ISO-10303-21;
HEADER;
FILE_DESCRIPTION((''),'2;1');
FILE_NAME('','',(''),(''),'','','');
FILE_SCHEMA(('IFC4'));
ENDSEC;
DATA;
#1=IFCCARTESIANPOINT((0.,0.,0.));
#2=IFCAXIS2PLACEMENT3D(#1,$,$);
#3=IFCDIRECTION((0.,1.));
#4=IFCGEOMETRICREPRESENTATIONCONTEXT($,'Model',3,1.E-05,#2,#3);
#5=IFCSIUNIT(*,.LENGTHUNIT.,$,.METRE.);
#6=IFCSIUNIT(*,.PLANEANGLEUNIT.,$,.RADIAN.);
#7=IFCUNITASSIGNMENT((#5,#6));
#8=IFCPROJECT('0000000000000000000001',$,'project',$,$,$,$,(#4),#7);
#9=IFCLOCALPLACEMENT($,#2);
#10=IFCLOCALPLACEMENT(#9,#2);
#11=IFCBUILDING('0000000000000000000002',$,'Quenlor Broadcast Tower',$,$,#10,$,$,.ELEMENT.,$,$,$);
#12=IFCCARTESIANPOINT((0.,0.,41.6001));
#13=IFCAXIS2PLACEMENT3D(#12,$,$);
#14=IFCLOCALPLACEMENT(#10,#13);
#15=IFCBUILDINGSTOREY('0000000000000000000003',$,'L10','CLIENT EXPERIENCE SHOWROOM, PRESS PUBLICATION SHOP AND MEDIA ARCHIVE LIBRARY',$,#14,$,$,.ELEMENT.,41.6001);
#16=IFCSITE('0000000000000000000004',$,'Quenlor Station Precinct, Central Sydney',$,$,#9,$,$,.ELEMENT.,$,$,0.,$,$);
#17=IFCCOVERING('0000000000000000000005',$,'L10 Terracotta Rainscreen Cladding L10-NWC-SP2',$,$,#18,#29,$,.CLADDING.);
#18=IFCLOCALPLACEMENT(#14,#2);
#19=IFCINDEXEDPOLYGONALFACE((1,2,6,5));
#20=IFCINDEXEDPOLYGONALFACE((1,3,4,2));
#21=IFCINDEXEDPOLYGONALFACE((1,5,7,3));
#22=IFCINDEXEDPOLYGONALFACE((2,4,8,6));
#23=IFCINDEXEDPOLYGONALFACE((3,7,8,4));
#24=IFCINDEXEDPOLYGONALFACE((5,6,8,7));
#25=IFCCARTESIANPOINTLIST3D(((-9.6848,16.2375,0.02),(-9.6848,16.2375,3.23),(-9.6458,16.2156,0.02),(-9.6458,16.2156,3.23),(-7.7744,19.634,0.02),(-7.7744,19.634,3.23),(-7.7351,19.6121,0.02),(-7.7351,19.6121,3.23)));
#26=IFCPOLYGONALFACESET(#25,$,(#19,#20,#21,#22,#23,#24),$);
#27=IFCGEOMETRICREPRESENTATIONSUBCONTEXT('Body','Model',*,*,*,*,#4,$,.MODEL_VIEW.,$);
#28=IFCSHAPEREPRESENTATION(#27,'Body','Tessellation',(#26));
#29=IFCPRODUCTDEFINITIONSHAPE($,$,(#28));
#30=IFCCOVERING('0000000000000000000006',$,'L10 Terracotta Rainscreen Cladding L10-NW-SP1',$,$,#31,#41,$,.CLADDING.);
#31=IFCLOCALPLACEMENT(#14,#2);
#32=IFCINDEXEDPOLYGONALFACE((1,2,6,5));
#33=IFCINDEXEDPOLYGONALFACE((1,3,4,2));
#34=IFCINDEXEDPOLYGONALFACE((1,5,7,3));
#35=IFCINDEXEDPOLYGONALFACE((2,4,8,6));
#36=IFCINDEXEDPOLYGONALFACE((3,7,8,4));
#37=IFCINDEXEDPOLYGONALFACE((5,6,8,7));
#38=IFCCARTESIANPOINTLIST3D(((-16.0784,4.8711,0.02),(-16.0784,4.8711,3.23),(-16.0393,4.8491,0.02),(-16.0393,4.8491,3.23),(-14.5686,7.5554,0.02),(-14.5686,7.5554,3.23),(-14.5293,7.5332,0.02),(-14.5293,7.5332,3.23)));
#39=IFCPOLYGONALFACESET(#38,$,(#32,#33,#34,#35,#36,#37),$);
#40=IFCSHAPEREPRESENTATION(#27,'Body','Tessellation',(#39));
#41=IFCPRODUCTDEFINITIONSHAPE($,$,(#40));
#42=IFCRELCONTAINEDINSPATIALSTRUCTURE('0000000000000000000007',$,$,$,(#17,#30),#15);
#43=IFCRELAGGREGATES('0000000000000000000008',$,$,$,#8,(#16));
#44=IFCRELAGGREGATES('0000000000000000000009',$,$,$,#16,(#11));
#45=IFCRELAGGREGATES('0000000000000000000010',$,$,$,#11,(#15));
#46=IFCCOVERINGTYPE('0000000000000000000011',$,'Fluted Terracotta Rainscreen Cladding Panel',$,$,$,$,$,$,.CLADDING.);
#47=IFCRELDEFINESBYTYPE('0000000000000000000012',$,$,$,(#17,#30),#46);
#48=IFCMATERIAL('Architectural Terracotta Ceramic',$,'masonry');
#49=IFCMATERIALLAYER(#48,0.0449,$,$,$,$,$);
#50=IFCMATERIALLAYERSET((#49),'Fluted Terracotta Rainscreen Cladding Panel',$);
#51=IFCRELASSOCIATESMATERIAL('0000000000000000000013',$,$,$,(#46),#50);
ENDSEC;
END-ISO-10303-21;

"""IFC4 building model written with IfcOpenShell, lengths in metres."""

from ifc_helpers import new_model, si_unit, direction, frame, origin, place, context, subcontext, project, spatial, polyline, outline, extrude, material, layer, layer_set, type_object, element, save


model = new_model("IFC4")

# Units and contexts
model_context = context("Model", 3, precision=1e-05, world=origin(), true_north=direction((0.0, 1.0)))
body_context = subcontext(model_context, "Body", "Model", "MODEL_VIEW")
ifc_project = project(units=[si_unit("LENGTHUNIT", "METRE"), si_unit("PLANEANGLEUNIT", "RADIAN")], contexts=[model_context])

# Site, building, storey
site_placement = place(None, origin())
site = spatial("IfcSite", under=ifc_project, at=site_placement, Name="Quenlor Station Precinct, Central Sydney", CompositionType="ELEMENT", RefElevation=0.0)
building_placement = place(site_placement, origin())
building = spatial("IfcBuilding", under=site, at=building_placement, Name="Quenlor Broadcast Tower", CompositionType="ELEMENT")
storey_placement = place(building_placement, frame((0.0, 0.0, 41.6001)))
storey = spatial("IfcBuildingStorey", under=building, at=storey_placement, Name="L10", Description="CLIENT EXPERIENCE SHOWROOM, PRESS PUBLICATION SHOP AND MEDIA ARCHIVE LIBRARY", CompositionType="ELEMENT", Elevation=41.6001)

# Coverings
ifc_material_1 = material(Name="Architectural Terracotta Ceramic", Category="masonry")
ifc_layer_1 = layer(ifc_material_1, 0.0449)
ifc_layer_set_1 = layer_set([ifc_layer_1], Name="Fluted Terracotta Rainscreen Cladding Panel")
covering_type = type_object("IfcCoveringType", Name="Fluted Terracotta Rainscreen Cladding Panel", PredefinedType="CLADDING", material=ifc_layer_set_1)
covering_1_placement = place(storey_placement, frame((0.0, 0.0, 0.02)))
element("IfcCovering", 1, at=covering_1_placement, inside=storey, type_object=covering_type, Name="L10 Terracotta Rainscreen Cladding L10-NWC-SP2", PredefinedType="CLADDING", context=body_context, shape_type="SweptSolid", body=[
    extrude(outline(polyline([(-9.6458, 16.2156), (-7.7351, 19.6121), (-7.7744, 19.634), (-9.6848, 16.2375), (-9.6458, 16.2156)])), origin(), (0.0, 0.0, 1.0), 3.21),
])
covering_2_placement = place(storey_placement, frame((0.0, 0.0, 0.02)))
element("IfcCovering", 2, at=covering_2_placement, inside=storey, type_object=covering_type, Name="L10 Terracotta Rainscreen Cladding L10-NW-SP1", PredefinedType="CLADDING", context=body_context, shape_type="SweptSolid", body=[
    extrude(outline(polyline([(-16.0393, 4.8491), (-14.5293, 7.5332), (-14.5686, 7.5554), (-16.0784, 4.8711), (-16.0393, 4.8491)])), origin(), (0.0, 0.0, 1.0), 3.21),
])

save(model, "model.ifc")
